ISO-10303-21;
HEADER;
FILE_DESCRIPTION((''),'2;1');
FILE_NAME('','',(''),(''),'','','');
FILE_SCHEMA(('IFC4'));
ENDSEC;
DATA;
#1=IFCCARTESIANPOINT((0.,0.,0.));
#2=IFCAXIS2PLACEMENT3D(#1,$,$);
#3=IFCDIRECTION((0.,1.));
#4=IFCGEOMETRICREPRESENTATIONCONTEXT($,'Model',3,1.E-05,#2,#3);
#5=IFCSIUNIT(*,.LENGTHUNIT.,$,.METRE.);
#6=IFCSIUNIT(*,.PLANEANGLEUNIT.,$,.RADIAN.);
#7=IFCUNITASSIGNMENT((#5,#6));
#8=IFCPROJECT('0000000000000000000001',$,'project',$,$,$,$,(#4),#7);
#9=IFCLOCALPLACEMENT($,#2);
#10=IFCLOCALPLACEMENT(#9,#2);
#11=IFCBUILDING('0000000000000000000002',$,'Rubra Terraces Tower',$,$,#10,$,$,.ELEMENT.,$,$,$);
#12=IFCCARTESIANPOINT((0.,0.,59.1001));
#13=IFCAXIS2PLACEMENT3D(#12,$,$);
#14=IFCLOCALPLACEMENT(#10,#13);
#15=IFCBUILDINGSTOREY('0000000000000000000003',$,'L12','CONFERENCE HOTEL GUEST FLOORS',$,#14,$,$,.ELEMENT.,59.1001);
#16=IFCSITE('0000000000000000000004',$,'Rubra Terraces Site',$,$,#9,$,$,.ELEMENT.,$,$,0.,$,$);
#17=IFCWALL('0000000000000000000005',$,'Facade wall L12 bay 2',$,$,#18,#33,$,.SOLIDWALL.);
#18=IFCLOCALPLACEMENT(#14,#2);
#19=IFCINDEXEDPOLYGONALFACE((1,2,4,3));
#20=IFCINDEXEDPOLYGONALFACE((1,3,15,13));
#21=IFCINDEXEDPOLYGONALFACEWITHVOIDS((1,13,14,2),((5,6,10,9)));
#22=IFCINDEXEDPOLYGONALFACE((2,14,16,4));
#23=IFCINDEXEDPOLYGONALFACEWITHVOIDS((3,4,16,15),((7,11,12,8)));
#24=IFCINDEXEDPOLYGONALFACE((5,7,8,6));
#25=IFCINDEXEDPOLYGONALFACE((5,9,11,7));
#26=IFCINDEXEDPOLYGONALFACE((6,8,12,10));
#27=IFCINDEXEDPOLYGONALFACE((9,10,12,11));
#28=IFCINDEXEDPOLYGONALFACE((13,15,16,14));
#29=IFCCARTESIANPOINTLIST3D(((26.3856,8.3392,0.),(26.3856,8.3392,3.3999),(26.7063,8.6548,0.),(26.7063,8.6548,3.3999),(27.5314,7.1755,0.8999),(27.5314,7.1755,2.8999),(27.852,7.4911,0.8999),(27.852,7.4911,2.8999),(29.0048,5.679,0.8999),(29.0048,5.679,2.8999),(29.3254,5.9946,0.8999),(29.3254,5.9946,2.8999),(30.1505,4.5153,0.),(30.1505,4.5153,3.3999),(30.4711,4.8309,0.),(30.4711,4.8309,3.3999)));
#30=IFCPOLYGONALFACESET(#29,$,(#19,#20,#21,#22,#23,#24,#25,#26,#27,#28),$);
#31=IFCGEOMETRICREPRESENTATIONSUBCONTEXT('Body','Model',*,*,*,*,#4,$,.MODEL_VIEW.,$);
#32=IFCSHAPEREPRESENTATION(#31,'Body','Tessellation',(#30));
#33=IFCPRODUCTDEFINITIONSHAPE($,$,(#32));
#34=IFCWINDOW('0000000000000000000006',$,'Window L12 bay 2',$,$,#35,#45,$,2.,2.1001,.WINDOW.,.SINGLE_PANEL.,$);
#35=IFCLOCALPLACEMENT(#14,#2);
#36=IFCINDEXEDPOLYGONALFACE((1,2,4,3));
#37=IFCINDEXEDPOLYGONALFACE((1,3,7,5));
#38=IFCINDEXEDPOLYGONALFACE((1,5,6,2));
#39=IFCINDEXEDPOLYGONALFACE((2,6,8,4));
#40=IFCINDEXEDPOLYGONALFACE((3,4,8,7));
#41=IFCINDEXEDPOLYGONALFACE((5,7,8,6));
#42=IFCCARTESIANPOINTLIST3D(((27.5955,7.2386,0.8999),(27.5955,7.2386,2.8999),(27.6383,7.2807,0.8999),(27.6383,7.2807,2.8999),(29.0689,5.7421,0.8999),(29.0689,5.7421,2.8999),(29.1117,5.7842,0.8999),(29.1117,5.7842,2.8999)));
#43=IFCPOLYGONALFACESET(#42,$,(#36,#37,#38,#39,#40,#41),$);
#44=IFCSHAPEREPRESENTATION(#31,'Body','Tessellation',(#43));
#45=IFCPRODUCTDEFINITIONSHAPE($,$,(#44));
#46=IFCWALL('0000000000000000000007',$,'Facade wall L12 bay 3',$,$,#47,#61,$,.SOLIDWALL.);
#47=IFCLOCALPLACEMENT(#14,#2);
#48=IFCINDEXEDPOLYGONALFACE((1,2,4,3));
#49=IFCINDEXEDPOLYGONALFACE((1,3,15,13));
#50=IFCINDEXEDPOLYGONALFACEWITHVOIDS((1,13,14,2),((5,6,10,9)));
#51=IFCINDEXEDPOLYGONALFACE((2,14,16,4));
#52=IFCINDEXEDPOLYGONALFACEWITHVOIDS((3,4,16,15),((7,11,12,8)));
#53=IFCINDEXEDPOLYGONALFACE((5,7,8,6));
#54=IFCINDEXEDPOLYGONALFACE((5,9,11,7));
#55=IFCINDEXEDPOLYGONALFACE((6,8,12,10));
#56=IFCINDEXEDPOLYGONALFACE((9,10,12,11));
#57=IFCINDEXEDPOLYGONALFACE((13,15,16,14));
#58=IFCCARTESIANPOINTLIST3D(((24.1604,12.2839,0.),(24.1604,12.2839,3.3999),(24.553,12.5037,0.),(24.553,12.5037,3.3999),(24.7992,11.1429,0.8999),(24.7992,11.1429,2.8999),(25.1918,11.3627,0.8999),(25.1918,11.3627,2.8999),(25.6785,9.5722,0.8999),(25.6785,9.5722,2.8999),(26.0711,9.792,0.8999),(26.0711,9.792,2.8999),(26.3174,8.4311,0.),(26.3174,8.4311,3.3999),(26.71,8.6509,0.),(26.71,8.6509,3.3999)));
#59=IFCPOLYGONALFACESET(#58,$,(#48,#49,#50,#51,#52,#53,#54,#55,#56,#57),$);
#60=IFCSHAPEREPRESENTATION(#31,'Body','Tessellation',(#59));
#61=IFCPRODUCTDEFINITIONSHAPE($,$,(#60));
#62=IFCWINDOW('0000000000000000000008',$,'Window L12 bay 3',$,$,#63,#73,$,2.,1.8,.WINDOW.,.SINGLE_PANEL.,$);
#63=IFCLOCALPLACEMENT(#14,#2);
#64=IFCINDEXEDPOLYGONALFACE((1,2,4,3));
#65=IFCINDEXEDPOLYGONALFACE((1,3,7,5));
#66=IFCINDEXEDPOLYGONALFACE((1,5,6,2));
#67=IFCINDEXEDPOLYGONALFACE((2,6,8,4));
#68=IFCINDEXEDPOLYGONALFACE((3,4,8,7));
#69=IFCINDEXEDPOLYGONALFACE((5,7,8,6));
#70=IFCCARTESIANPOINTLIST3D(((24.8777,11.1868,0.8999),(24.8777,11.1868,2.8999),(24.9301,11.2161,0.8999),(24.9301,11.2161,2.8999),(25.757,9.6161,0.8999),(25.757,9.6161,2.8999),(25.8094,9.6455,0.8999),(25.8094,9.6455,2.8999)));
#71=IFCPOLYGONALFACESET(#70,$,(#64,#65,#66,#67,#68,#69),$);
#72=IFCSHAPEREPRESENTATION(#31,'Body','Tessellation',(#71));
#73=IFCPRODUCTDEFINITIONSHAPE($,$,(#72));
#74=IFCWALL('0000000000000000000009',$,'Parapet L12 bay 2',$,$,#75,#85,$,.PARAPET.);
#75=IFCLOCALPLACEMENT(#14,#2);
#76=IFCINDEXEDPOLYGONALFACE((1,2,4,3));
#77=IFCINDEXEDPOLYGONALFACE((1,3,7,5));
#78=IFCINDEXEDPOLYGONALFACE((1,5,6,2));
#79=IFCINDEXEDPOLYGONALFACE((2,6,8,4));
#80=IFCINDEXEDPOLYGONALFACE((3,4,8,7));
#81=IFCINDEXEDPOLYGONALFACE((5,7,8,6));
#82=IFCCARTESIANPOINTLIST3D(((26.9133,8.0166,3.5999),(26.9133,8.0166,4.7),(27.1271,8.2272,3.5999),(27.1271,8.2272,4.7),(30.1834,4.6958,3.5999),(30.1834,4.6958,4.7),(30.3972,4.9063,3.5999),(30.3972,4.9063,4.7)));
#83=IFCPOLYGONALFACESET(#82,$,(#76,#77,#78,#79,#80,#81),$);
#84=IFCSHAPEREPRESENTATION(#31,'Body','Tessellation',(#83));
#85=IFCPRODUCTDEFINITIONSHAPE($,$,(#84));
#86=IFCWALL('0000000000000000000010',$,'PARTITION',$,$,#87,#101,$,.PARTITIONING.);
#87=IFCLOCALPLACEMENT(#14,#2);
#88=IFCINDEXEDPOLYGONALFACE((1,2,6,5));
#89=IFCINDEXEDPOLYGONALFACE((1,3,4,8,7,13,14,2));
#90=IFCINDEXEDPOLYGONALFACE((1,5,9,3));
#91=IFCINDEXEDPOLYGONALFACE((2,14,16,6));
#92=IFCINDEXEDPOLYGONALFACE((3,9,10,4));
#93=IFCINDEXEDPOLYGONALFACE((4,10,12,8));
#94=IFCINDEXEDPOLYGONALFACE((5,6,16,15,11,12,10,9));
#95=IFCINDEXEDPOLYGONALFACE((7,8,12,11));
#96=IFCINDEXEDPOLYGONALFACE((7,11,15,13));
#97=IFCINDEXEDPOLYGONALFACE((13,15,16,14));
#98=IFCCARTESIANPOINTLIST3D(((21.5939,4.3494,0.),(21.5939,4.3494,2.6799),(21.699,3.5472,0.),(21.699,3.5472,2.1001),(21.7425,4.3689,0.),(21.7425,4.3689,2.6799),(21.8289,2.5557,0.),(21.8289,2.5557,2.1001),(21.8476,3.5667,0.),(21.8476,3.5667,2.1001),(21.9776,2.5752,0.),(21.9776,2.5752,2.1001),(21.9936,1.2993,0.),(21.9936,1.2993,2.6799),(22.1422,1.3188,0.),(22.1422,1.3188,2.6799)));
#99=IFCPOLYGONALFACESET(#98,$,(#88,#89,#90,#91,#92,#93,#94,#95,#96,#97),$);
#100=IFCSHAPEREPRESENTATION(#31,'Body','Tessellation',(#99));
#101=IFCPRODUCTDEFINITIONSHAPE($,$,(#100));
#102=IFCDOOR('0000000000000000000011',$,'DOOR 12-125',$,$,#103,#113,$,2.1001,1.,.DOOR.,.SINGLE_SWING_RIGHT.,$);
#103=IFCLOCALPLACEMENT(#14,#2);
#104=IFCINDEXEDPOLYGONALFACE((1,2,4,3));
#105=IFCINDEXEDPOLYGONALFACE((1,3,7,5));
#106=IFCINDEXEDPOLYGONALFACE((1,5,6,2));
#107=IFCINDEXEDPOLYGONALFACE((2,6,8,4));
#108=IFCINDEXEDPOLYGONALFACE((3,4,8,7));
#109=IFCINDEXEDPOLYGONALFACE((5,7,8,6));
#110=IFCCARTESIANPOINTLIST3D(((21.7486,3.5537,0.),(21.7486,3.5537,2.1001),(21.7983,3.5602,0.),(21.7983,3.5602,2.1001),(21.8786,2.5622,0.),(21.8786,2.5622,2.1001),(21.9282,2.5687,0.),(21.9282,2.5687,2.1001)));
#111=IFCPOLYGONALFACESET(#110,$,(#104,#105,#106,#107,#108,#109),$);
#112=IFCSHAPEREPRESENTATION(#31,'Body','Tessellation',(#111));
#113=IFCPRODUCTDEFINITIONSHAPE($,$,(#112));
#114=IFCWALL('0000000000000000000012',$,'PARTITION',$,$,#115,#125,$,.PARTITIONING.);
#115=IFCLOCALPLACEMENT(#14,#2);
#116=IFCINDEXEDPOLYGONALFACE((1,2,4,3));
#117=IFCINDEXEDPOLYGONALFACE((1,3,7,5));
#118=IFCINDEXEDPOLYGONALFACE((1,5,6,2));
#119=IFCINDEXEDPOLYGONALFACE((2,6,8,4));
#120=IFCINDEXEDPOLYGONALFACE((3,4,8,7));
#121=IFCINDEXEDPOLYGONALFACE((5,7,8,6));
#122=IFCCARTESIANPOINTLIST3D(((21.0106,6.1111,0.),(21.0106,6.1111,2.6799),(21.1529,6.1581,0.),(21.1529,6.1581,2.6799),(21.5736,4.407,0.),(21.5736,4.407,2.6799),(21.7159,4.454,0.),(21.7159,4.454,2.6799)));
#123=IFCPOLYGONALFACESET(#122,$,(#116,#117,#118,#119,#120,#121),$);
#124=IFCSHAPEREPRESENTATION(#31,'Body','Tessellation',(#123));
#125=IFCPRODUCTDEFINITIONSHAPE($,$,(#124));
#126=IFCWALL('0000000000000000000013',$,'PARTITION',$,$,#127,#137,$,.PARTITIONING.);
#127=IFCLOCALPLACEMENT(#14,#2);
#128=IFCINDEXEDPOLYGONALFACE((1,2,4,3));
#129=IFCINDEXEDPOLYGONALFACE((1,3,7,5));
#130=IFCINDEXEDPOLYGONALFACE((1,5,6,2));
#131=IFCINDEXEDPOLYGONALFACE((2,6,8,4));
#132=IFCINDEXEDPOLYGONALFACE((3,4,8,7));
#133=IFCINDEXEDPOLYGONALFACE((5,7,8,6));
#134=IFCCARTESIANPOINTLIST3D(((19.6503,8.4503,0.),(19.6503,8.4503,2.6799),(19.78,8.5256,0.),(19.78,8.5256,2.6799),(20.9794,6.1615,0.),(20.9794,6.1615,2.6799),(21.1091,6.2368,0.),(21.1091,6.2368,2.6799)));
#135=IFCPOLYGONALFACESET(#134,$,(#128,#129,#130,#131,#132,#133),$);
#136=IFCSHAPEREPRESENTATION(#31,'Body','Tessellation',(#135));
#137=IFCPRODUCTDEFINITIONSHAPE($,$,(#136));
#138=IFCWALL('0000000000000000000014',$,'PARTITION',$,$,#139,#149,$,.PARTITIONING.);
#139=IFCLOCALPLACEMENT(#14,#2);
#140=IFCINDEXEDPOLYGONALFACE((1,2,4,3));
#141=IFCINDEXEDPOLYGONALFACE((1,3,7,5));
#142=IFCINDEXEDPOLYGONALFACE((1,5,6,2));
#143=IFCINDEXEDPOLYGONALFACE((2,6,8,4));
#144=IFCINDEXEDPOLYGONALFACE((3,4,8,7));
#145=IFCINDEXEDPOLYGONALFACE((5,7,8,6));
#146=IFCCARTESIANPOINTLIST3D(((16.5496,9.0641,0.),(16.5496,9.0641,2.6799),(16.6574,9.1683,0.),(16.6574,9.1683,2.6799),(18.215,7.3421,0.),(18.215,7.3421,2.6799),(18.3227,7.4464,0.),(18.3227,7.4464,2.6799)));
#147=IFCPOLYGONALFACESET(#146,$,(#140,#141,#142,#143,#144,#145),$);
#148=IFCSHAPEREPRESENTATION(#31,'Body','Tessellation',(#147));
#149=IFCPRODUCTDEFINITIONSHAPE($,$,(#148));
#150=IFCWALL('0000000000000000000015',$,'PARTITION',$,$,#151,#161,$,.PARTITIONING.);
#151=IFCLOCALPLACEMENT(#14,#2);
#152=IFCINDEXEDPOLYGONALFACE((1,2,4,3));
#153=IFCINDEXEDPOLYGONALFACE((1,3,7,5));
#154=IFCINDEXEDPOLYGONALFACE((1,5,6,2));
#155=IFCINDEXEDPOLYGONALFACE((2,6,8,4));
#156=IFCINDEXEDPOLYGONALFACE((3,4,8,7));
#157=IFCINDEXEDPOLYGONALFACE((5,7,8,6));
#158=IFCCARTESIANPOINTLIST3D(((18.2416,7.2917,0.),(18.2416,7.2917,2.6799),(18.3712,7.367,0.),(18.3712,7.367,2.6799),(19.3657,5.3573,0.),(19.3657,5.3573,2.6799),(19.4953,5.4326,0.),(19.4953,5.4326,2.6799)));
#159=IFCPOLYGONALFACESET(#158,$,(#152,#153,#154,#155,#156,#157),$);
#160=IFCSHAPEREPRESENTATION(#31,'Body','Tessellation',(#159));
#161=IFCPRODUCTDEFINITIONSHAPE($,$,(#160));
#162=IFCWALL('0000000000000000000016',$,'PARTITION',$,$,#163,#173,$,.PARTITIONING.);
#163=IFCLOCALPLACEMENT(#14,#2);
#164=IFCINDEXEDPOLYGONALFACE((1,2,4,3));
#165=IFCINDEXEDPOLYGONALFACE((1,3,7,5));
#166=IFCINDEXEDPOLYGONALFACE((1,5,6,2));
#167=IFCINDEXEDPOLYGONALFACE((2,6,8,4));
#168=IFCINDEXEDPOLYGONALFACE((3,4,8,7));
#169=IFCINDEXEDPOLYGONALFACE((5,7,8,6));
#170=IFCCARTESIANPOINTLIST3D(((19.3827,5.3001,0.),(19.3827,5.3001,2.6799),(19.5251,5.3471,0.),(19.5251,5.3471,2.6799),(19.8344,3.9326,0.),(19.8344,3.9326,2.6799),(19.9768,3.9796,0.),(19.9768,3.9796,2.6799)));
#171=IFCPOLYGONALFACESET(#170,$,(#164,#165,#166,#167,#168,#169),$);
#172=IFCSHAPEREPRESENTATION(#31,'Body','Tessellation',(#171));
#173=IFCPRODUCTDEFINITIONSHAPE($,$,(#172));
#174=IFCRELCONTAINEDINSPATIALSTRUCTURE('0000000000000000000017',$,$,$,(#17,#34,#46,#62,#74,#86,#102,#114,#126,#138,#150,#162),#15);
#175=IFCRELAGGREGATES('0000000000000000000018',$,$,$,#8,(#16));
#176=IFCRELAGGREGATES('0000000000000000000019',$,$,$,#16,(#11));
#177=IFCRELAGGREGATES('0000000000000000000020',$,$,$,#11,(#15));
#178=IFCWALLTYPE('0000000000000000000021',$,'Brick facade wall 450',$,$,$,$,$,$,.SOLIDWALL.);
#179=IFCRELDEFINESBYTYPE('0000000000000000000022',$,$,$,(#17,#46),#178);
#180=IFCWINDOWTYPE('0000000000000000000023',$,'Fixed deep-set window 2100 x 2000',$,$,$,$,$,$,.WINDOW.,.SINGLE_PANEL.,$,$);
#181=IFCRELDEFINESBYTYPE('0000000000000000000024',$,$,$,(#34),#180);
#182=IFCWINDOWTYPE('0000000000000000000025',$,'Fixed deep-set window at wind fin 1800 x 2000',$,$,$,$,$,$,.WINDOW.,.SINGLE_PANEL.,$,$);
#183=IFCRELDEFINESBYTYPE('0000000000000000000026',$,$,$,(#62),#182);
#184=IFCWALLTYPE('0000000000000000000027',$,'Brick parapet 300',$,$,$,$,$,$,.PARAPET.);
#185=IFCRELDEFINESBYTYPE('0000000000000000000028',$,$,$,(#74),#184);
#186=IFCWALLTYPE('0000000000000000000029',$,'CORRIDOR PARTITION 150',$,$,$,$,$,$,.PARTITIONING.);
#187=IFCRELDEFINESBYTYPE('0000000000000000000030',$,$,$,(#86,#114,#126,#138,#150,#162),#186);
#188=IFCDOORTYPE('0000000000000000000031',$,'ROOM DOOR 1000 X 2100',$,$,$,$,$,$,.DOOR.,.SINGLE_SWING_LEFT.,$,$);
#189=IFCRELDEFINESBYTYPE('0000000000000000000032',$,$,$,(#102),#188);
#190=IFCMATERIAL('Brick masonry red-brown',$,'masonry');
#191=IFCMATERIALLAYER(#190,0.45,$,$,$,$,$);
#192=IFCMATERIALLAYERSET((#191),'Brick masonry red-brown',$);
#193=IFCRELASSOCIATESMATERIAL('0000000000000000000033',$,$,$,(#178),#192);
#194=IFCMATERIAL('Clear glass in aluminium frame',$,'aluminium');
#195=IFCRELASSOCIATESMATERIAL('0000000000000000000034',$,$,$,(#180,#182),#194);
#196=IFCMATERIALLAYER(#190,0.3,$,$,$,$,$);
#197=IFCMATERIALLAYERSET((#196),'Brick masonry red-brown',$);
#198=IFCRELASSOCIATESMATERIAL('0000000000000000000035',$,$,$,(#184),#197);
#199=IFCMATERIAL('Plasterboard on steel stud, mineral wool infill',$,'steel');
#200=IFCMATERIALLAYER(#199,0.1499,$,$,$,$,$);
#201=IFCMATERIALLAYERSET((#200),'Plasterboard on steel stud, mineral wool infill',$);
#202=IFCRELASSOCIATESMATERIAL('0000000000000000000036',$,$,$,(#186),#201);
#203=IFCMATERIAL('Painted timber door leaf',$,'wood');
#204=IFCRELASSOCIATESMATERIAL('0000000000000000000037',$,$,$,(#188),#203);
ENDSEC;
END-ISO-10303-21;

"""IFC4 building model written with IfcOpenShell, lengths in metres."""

from ifc_helpers import new_model, si_unit, direction, frame, frame_2d, origin, place, context, subcontext, project, spatial, rectangle, extrude, material, layer, layer_set, type_object, element, fill, save


model = new_model("IFC4")

# Units and contexts
model_context = context("Model", 3, precision=1e-05, world=origin(), true_north=direction((0.0, 1.0)))
body_context = subcontext(model_context, "Body", "Model", "MODEL_VIEW")
ifc_project = project(units=[si_unit("LENGTHUNIT", "METRE"), si_unit("PLANEANGLEUNIT", "RADIAN")], contexts=[model_context])

# Site, building, storey
site_placement = place(None, origin())
site = spatial("IfcSite", under=ifc_project, at=site_placement, Name="Rubra Terraces Site", CompositionType="ELEMENT", RefElevation=0.0)
building_placement = place(site_placement, origin())
building = spatial("IfcBuilding", under=site, at=building_placement, Name="Rubra Terraces Tower", CompositionType="ELEMENT")
storey_placement = place(building_placement, frame((0.0, 0.0, 59.1001)))
storey = spatial("IfcBuildingStorey", under=building, at=storey_placement, Name="L12", Description="CONFERENCE HOTEL GUEST FLOORS", CompositionType="ELEMENT", Elevation=59.1001)

# Walls, openings, windows
ifc_material_1 = material(Name="Brick masonry red-brown", Category="masonry")
ifc_layer_1 = layer(ifc_material_1, 0.45)
ifc_layer_set_1 = layer_set([ifc_layer_1], Name="Brick masonry red-brown")
wall_type_1 = type_object("IfcWallType", Name="Brick facade wall 450", PredefinedType="SOLIDWALL", material=ifc_layer_set_1)
wall_1_placement = place(storey_placement, frame((30.3108, 4.6731, 0.0), z_axis=(0.0, 0.0, 1.0), x_axis=(-0.70158, 0.71259, 0.0)))
wall_1 = element("IfcWall", 1, at=wall_1_placement, inside=storey, type_object=wall_type_1, Name="Facade wall L12 bay 2", PredefinedType="SOLIDWALL", context=body_context, shape_type="SweptSolid", body=[
    extrude(rectangle(XDim=5.3662, YDim=0.45, at=frame_2d((2.6831, 0.0))), origin(), (0.0, 0.0, 1.0), 3.3999),
])
opening_1_placement = place(wall_1_placement, frame((1.6331, 0.0, 0.8999)))
opening_1 = element("IfcOpeningElement", 2, at=opening_1_placement, cuts=wall_1, PredefinedType="OPENING", context=body_context, shape_type="SweptSolid", body=[
    extrude(rectangle(XDim=2.1001, YDim=2.0, at=frame_2d((1.05, 1.0))), frame((0.0, 0.2349, 0.0), z_axis=(0.0, -1.0, 0.0), x_axis=(1.0, 0.0, 0.0)), (0.0, 0.0, 1.0), 0.47),
])
ifc_material_2 = material(Name="Clear glass in aluminium frame", Category="aluminium")
window_type_1 = type_object("IfcWindowType", Name="Fixed deep-set window 2100 x 2000", PartitioningType="SINGLE_PANEL", PredefinedType="WINDOW", material=ifc_material_2)
window_1_placement = place(opening_1_placement, origin())
window_1 = element("IfcWindow", 3, at=window_1_placement, inside=storey, type_object=window_type_1, Name="Window L12 bay 2", OverallHeight=2.0, OverallWidth=2.1001, PartitioningType="SINGLE_PANEL", PredefinedType="WINDOW", context=body_context, shape_type="SweptSolid", body=[
    extrude(rectangle(XDim=2.1001, YDim=2.0, at=frame_2d((1.05, 1.0))), frame((0.0, 0.135, 0.0), z_axis=(0.0, -1.0, 0.0), x_axis=(1.0, 0.0, 0.0)), (0.0, 0.0, 1.0), 0.0601),
])
fill(opening_1, window_1)
wall_2_placement = place(storey_placement, frame((26.5137, 8.541, 0.0), z_axis=(0.0, 0.0, 1.0), x_axis=(-0.488504, 0.872562, 0.0)))
wall_2 = element("IfcWall", 4, at=wall_2_placement, inside=storey, type_object=wall_type_1, Name="Facade wall L12 bay 3", PredefinedType="SOLIDWALL", context=body_context, shape_type="SweptSolid", body=[
    extrude(rectangle(XDim=4.4155, YDim=0.45, at=frame_2d((2.2078, 0.0))), origin(), (0.0, 0.0, 1.0), 3.3999),
])
opening_2_placement = place(wall_2_placement, frame((1.3079, 0.0, 0.8999)))
opening_2 = element("IfcOpeningElement", 5, at=opening_2_placement, cuts=wall_2, PredefinedType="OPENING", context=body_context, shape_type="SweptSolid", body=[
    extrude(rectangle(XDim=1.8, YDim=2.0, at=frame_2d((0.8999, 1.0))), frame((0.0, 0.2349, 0.0), z_axis=(0.0, -1.0, 0.0), x_axis=(1.0, 0.0, 0.0)), (0.0, 0.0, 1.0), 0.47),
])
window_type_2 = type_object("IfcWindowType", Name="Fixed deep-set window at wind fin 1800 x 2000", PartitioningType="SINGLE_PANEL", PredefinedType="WINDOW", material=ifc_material_2)
window_2_placement = place(opening_2_placement, origin())
window_2 = element("IfcWindow", 6, at=window_2_placement, inside=storey, type_object=window_type_2, Name="Window L12 bay 3", OverallHeight=2.0, OverallWidth=1.8, PartitioningType="SINGLE_PANEL", PredefinedType="WINDOW", context=body_context, shape_type="SweptSolid", body=[
    extrude(rectangle(XDim=1.8, YDim=2.0, at=frame_2d((0.8999, 1.0))), frame((0.0, 0.135, 0.0), z_axis=(0.0, -1.0, 0.0), x_axis=(1.0, 0.0, 0.0)), (0.0, 0.0, 1.0), 0.0601),
])
fill(opening_2, window_2)

# Wall
ifc_layer_2 = layer(ifc_material_1, 0.3)
ifc_layer_set_2 = layer_set([ifc_layer_2], Name="Brick masonry red-brown")
wall_type_2 = type_object("IfcWallType", Name="Brick parapet 300", PredefinedType="PARAPET", material=ifc_layer_set_2)
wall_3_placement = place(storey_placement, frame((30.2903, 4.801, 3.5999), z_axis=(0.0, 0.0, 1.0), x_axis=(-0.701638, 0.712534, 0.0)))
element("IfcWall", 7, at=wall_3_placement, inside=storey, type_object=wall_type_2, Name="Parapet L12 bay 2", PredefinedType="PARAPET", context=body_context, shape_type="SweptSolid", body=[
    extrude(rectangle(XDim=4.6606, YDim=0.3, at=frame_2d((2.3303, 0.0))), origin(), (0.0, 0.0, 1.0), 1.1001),
])

# Wall, opening, door
ifc_material_3 = material(Name="Plasterboard on steel stud, mineral wool infill", Category="steel")
ifc_layer_3 = layer(ifc_material_3, 0.1499)
ifc_layer_set_3 = layer_set([ifc_layer_3], Name="Plasterboard on steel stud, mineral wool infill")
wall_type_3 = type_object("IfcWallType", Name="CORRIDOR PARTITION 150", PredefinedType="PARTITIONING", material=ifc_layer_set_3)
wall_4_placement = place(storey_placement, frame((22.0679, 1.3091, 0.0), z_axis=(0.0, 0.0, 1.0), x_axis=(-0.129923, 0.991524, 0.0)))
wall_4 = element("IfcWall", 8, at=wall_4_placement, inside=storey, type_object=wall_type_3, Name="PARTITION", PredefinedType="PARTITIONING", context=body_context, shape_type="SweptSolid", body=[
    extrude(rectangle(XDim=3.0762, YDim=0.1499, at=frame_2d((1.5381, 0.0))), origin(), (0.0, 0.0, 1.0), 2.6799),
])
opening_3_placement = place(wall_4_placement, frame((1.2671, 0.0, 0.0)))
opening_3 = element("IfcOpeningElement", 9, at=opening_3_placement, cuts=wall_4, PredefinedType="OPENING", context=body_context, shape_type="SweptSolid", body=[
    extrude(rectangle(XDim=1.0, YDim=2.1001, at=frame_2d((0.5, 1.05))), frame((0.0, 0.085, 0.0), z_axis=(0.0, -1.0, 0.0), x_axis=(1.0, 0.0, 0.0)), (0.0, 0.0, 1.0), 0.1699),
])
ifc_material_4 = material(Name="Painted timber door leaf", Category="wood")
door_type_1 = type_object("IfcDoorType", Name="ROOM DOOR 1000 X 2100", OperationType="SINGLE_SWING_LEFT", PredefinedType="DOOR", material=ifc_material_4)
door_1_placement = place(opening_3_placement, origin())
door_1 = element("IfcDoor", 10, at=door_1_placement, inside=storey, type_object=door_type_1, Name="DOOR 12-125", OperationType="SINGLE_SWING_RIGHT", OverallHeight=2.1001, OverallWidth=1.0, PredefinedType="DOOR", context=body_context, shape_type="SweptSolid", body=[
    extrude(rectangle(XDim=1.0, YDim=2.1001, at=frame_2d((0.5, 1.05))), frame((0.0, 0.0249, 0.0), z_axis=(0.0, -1.0, 0.0), x_axis=(1.0, 0.0, 0.0)), (0.0, 0.0, 1.0), 0.05),
])
fill(opening_3, door_1)

# Walls
wall_5_placement = place(storey_placement, frame((21.6448, 4.4304, 0.0), z_axis=(0.0, 0.0, 1.0), x_axis=(-0.313696, 0.949523, 0.0)))
element("IfcWall", 11, at=wall_5_placement, inside=storey, type_object=wall_type_3, Name="PARTITION", PredefinedType="PARTITIONING", context=body_context, shape_type="SweptSolid", body=[
    extrude(rectangle(XDim=1.7947, YDim=0.1499, at=frame_2d((0.8975, 0.0))), origin(), (0.0, 0.0, 1.0), 2.6799),
])
wall_6_placement = place(storey_placement, frame((21.0442, 6.1992, 0.0), z_axis=(0.0, 0.0, 1.0), x_axis=(-0.502167, 0.864771, 0.0)))
element("IfcWall", 12, at=wall_6_placement, inside=storey, type_object=wall_type_3, Name="PARTITION", PredefinedType="PARTITIONING", context=body_context, shape_type="SweptSolid", body=[
    extrude(rectangle(XDim=2.6467, YDim=0.1499, at=frame_2d((1.3232, 0.0))), origin(), (0.0, 0.0, 1.0), 2.6799),
])

# Walls
wall_7_placement = place(storey_placement, frame((16.6035, 9.1162, 0.0), z_axis=(0.0, 0.0, 1.0), x_axis=(0.695185, -0.71883, 0.0)))
element("IfcWall", 13, at=wall_7_placement, inside=storey, type_object=wall_type_3, Name="PARTITION", PredefinedType="PARTITIONING", context=body_context, shape_type="SweptSolid", body=[
    extrude(rectangle(XDim=2.3955, YDim=0.1499, at=frame_2d((1.1978, 0.0))), origin(), (0.0, 0.0, 1.0), 2.6799),
])
wall_8_placement = place(storey_placement, frame((18.3064, 7.3293, 0.0), z_axis=(0.0, 0.0, 1.0), x_axis=(0.502425, -0.864621, 0.0)))
element("IfcWall", 14, at=wall_8_placement, inside=storey, type_object=wall_type_3, Name="PARTITION", PredefinedType="PARTITIONING", context=body_context, shape_type="SweptSolid", body=[
    extrude(rectangle(XDim=2.2373, YDim=0.1499, at=frame_2d((1.1187, 0.0))), origin(), (0.0, 0.0, 1.0), 2.6799),
])
wall_9_placement = place(storey_placement, frame((19.4539, 5.3237, 0.0), z_axis=(0.0, 0.0, 1.0), x_axis=(0.313633, -0.949544, 0.0)))
element("IfcWall", 15, at=wall_9_placement, inside=storey, type_object=wall_type_3, Name="PARTITION", PredefinedType="PARTITIONING", context=body_context, shape_type="SweptSolid", body=[
    extrude(rectangle(XDim=1.4402, YDim=0.1499, at=frame_2d((0.7202, 0.0))), origin(), (0.0, 0.0, 1.0), 2.6799),
])

save(model, "model.ifc")
